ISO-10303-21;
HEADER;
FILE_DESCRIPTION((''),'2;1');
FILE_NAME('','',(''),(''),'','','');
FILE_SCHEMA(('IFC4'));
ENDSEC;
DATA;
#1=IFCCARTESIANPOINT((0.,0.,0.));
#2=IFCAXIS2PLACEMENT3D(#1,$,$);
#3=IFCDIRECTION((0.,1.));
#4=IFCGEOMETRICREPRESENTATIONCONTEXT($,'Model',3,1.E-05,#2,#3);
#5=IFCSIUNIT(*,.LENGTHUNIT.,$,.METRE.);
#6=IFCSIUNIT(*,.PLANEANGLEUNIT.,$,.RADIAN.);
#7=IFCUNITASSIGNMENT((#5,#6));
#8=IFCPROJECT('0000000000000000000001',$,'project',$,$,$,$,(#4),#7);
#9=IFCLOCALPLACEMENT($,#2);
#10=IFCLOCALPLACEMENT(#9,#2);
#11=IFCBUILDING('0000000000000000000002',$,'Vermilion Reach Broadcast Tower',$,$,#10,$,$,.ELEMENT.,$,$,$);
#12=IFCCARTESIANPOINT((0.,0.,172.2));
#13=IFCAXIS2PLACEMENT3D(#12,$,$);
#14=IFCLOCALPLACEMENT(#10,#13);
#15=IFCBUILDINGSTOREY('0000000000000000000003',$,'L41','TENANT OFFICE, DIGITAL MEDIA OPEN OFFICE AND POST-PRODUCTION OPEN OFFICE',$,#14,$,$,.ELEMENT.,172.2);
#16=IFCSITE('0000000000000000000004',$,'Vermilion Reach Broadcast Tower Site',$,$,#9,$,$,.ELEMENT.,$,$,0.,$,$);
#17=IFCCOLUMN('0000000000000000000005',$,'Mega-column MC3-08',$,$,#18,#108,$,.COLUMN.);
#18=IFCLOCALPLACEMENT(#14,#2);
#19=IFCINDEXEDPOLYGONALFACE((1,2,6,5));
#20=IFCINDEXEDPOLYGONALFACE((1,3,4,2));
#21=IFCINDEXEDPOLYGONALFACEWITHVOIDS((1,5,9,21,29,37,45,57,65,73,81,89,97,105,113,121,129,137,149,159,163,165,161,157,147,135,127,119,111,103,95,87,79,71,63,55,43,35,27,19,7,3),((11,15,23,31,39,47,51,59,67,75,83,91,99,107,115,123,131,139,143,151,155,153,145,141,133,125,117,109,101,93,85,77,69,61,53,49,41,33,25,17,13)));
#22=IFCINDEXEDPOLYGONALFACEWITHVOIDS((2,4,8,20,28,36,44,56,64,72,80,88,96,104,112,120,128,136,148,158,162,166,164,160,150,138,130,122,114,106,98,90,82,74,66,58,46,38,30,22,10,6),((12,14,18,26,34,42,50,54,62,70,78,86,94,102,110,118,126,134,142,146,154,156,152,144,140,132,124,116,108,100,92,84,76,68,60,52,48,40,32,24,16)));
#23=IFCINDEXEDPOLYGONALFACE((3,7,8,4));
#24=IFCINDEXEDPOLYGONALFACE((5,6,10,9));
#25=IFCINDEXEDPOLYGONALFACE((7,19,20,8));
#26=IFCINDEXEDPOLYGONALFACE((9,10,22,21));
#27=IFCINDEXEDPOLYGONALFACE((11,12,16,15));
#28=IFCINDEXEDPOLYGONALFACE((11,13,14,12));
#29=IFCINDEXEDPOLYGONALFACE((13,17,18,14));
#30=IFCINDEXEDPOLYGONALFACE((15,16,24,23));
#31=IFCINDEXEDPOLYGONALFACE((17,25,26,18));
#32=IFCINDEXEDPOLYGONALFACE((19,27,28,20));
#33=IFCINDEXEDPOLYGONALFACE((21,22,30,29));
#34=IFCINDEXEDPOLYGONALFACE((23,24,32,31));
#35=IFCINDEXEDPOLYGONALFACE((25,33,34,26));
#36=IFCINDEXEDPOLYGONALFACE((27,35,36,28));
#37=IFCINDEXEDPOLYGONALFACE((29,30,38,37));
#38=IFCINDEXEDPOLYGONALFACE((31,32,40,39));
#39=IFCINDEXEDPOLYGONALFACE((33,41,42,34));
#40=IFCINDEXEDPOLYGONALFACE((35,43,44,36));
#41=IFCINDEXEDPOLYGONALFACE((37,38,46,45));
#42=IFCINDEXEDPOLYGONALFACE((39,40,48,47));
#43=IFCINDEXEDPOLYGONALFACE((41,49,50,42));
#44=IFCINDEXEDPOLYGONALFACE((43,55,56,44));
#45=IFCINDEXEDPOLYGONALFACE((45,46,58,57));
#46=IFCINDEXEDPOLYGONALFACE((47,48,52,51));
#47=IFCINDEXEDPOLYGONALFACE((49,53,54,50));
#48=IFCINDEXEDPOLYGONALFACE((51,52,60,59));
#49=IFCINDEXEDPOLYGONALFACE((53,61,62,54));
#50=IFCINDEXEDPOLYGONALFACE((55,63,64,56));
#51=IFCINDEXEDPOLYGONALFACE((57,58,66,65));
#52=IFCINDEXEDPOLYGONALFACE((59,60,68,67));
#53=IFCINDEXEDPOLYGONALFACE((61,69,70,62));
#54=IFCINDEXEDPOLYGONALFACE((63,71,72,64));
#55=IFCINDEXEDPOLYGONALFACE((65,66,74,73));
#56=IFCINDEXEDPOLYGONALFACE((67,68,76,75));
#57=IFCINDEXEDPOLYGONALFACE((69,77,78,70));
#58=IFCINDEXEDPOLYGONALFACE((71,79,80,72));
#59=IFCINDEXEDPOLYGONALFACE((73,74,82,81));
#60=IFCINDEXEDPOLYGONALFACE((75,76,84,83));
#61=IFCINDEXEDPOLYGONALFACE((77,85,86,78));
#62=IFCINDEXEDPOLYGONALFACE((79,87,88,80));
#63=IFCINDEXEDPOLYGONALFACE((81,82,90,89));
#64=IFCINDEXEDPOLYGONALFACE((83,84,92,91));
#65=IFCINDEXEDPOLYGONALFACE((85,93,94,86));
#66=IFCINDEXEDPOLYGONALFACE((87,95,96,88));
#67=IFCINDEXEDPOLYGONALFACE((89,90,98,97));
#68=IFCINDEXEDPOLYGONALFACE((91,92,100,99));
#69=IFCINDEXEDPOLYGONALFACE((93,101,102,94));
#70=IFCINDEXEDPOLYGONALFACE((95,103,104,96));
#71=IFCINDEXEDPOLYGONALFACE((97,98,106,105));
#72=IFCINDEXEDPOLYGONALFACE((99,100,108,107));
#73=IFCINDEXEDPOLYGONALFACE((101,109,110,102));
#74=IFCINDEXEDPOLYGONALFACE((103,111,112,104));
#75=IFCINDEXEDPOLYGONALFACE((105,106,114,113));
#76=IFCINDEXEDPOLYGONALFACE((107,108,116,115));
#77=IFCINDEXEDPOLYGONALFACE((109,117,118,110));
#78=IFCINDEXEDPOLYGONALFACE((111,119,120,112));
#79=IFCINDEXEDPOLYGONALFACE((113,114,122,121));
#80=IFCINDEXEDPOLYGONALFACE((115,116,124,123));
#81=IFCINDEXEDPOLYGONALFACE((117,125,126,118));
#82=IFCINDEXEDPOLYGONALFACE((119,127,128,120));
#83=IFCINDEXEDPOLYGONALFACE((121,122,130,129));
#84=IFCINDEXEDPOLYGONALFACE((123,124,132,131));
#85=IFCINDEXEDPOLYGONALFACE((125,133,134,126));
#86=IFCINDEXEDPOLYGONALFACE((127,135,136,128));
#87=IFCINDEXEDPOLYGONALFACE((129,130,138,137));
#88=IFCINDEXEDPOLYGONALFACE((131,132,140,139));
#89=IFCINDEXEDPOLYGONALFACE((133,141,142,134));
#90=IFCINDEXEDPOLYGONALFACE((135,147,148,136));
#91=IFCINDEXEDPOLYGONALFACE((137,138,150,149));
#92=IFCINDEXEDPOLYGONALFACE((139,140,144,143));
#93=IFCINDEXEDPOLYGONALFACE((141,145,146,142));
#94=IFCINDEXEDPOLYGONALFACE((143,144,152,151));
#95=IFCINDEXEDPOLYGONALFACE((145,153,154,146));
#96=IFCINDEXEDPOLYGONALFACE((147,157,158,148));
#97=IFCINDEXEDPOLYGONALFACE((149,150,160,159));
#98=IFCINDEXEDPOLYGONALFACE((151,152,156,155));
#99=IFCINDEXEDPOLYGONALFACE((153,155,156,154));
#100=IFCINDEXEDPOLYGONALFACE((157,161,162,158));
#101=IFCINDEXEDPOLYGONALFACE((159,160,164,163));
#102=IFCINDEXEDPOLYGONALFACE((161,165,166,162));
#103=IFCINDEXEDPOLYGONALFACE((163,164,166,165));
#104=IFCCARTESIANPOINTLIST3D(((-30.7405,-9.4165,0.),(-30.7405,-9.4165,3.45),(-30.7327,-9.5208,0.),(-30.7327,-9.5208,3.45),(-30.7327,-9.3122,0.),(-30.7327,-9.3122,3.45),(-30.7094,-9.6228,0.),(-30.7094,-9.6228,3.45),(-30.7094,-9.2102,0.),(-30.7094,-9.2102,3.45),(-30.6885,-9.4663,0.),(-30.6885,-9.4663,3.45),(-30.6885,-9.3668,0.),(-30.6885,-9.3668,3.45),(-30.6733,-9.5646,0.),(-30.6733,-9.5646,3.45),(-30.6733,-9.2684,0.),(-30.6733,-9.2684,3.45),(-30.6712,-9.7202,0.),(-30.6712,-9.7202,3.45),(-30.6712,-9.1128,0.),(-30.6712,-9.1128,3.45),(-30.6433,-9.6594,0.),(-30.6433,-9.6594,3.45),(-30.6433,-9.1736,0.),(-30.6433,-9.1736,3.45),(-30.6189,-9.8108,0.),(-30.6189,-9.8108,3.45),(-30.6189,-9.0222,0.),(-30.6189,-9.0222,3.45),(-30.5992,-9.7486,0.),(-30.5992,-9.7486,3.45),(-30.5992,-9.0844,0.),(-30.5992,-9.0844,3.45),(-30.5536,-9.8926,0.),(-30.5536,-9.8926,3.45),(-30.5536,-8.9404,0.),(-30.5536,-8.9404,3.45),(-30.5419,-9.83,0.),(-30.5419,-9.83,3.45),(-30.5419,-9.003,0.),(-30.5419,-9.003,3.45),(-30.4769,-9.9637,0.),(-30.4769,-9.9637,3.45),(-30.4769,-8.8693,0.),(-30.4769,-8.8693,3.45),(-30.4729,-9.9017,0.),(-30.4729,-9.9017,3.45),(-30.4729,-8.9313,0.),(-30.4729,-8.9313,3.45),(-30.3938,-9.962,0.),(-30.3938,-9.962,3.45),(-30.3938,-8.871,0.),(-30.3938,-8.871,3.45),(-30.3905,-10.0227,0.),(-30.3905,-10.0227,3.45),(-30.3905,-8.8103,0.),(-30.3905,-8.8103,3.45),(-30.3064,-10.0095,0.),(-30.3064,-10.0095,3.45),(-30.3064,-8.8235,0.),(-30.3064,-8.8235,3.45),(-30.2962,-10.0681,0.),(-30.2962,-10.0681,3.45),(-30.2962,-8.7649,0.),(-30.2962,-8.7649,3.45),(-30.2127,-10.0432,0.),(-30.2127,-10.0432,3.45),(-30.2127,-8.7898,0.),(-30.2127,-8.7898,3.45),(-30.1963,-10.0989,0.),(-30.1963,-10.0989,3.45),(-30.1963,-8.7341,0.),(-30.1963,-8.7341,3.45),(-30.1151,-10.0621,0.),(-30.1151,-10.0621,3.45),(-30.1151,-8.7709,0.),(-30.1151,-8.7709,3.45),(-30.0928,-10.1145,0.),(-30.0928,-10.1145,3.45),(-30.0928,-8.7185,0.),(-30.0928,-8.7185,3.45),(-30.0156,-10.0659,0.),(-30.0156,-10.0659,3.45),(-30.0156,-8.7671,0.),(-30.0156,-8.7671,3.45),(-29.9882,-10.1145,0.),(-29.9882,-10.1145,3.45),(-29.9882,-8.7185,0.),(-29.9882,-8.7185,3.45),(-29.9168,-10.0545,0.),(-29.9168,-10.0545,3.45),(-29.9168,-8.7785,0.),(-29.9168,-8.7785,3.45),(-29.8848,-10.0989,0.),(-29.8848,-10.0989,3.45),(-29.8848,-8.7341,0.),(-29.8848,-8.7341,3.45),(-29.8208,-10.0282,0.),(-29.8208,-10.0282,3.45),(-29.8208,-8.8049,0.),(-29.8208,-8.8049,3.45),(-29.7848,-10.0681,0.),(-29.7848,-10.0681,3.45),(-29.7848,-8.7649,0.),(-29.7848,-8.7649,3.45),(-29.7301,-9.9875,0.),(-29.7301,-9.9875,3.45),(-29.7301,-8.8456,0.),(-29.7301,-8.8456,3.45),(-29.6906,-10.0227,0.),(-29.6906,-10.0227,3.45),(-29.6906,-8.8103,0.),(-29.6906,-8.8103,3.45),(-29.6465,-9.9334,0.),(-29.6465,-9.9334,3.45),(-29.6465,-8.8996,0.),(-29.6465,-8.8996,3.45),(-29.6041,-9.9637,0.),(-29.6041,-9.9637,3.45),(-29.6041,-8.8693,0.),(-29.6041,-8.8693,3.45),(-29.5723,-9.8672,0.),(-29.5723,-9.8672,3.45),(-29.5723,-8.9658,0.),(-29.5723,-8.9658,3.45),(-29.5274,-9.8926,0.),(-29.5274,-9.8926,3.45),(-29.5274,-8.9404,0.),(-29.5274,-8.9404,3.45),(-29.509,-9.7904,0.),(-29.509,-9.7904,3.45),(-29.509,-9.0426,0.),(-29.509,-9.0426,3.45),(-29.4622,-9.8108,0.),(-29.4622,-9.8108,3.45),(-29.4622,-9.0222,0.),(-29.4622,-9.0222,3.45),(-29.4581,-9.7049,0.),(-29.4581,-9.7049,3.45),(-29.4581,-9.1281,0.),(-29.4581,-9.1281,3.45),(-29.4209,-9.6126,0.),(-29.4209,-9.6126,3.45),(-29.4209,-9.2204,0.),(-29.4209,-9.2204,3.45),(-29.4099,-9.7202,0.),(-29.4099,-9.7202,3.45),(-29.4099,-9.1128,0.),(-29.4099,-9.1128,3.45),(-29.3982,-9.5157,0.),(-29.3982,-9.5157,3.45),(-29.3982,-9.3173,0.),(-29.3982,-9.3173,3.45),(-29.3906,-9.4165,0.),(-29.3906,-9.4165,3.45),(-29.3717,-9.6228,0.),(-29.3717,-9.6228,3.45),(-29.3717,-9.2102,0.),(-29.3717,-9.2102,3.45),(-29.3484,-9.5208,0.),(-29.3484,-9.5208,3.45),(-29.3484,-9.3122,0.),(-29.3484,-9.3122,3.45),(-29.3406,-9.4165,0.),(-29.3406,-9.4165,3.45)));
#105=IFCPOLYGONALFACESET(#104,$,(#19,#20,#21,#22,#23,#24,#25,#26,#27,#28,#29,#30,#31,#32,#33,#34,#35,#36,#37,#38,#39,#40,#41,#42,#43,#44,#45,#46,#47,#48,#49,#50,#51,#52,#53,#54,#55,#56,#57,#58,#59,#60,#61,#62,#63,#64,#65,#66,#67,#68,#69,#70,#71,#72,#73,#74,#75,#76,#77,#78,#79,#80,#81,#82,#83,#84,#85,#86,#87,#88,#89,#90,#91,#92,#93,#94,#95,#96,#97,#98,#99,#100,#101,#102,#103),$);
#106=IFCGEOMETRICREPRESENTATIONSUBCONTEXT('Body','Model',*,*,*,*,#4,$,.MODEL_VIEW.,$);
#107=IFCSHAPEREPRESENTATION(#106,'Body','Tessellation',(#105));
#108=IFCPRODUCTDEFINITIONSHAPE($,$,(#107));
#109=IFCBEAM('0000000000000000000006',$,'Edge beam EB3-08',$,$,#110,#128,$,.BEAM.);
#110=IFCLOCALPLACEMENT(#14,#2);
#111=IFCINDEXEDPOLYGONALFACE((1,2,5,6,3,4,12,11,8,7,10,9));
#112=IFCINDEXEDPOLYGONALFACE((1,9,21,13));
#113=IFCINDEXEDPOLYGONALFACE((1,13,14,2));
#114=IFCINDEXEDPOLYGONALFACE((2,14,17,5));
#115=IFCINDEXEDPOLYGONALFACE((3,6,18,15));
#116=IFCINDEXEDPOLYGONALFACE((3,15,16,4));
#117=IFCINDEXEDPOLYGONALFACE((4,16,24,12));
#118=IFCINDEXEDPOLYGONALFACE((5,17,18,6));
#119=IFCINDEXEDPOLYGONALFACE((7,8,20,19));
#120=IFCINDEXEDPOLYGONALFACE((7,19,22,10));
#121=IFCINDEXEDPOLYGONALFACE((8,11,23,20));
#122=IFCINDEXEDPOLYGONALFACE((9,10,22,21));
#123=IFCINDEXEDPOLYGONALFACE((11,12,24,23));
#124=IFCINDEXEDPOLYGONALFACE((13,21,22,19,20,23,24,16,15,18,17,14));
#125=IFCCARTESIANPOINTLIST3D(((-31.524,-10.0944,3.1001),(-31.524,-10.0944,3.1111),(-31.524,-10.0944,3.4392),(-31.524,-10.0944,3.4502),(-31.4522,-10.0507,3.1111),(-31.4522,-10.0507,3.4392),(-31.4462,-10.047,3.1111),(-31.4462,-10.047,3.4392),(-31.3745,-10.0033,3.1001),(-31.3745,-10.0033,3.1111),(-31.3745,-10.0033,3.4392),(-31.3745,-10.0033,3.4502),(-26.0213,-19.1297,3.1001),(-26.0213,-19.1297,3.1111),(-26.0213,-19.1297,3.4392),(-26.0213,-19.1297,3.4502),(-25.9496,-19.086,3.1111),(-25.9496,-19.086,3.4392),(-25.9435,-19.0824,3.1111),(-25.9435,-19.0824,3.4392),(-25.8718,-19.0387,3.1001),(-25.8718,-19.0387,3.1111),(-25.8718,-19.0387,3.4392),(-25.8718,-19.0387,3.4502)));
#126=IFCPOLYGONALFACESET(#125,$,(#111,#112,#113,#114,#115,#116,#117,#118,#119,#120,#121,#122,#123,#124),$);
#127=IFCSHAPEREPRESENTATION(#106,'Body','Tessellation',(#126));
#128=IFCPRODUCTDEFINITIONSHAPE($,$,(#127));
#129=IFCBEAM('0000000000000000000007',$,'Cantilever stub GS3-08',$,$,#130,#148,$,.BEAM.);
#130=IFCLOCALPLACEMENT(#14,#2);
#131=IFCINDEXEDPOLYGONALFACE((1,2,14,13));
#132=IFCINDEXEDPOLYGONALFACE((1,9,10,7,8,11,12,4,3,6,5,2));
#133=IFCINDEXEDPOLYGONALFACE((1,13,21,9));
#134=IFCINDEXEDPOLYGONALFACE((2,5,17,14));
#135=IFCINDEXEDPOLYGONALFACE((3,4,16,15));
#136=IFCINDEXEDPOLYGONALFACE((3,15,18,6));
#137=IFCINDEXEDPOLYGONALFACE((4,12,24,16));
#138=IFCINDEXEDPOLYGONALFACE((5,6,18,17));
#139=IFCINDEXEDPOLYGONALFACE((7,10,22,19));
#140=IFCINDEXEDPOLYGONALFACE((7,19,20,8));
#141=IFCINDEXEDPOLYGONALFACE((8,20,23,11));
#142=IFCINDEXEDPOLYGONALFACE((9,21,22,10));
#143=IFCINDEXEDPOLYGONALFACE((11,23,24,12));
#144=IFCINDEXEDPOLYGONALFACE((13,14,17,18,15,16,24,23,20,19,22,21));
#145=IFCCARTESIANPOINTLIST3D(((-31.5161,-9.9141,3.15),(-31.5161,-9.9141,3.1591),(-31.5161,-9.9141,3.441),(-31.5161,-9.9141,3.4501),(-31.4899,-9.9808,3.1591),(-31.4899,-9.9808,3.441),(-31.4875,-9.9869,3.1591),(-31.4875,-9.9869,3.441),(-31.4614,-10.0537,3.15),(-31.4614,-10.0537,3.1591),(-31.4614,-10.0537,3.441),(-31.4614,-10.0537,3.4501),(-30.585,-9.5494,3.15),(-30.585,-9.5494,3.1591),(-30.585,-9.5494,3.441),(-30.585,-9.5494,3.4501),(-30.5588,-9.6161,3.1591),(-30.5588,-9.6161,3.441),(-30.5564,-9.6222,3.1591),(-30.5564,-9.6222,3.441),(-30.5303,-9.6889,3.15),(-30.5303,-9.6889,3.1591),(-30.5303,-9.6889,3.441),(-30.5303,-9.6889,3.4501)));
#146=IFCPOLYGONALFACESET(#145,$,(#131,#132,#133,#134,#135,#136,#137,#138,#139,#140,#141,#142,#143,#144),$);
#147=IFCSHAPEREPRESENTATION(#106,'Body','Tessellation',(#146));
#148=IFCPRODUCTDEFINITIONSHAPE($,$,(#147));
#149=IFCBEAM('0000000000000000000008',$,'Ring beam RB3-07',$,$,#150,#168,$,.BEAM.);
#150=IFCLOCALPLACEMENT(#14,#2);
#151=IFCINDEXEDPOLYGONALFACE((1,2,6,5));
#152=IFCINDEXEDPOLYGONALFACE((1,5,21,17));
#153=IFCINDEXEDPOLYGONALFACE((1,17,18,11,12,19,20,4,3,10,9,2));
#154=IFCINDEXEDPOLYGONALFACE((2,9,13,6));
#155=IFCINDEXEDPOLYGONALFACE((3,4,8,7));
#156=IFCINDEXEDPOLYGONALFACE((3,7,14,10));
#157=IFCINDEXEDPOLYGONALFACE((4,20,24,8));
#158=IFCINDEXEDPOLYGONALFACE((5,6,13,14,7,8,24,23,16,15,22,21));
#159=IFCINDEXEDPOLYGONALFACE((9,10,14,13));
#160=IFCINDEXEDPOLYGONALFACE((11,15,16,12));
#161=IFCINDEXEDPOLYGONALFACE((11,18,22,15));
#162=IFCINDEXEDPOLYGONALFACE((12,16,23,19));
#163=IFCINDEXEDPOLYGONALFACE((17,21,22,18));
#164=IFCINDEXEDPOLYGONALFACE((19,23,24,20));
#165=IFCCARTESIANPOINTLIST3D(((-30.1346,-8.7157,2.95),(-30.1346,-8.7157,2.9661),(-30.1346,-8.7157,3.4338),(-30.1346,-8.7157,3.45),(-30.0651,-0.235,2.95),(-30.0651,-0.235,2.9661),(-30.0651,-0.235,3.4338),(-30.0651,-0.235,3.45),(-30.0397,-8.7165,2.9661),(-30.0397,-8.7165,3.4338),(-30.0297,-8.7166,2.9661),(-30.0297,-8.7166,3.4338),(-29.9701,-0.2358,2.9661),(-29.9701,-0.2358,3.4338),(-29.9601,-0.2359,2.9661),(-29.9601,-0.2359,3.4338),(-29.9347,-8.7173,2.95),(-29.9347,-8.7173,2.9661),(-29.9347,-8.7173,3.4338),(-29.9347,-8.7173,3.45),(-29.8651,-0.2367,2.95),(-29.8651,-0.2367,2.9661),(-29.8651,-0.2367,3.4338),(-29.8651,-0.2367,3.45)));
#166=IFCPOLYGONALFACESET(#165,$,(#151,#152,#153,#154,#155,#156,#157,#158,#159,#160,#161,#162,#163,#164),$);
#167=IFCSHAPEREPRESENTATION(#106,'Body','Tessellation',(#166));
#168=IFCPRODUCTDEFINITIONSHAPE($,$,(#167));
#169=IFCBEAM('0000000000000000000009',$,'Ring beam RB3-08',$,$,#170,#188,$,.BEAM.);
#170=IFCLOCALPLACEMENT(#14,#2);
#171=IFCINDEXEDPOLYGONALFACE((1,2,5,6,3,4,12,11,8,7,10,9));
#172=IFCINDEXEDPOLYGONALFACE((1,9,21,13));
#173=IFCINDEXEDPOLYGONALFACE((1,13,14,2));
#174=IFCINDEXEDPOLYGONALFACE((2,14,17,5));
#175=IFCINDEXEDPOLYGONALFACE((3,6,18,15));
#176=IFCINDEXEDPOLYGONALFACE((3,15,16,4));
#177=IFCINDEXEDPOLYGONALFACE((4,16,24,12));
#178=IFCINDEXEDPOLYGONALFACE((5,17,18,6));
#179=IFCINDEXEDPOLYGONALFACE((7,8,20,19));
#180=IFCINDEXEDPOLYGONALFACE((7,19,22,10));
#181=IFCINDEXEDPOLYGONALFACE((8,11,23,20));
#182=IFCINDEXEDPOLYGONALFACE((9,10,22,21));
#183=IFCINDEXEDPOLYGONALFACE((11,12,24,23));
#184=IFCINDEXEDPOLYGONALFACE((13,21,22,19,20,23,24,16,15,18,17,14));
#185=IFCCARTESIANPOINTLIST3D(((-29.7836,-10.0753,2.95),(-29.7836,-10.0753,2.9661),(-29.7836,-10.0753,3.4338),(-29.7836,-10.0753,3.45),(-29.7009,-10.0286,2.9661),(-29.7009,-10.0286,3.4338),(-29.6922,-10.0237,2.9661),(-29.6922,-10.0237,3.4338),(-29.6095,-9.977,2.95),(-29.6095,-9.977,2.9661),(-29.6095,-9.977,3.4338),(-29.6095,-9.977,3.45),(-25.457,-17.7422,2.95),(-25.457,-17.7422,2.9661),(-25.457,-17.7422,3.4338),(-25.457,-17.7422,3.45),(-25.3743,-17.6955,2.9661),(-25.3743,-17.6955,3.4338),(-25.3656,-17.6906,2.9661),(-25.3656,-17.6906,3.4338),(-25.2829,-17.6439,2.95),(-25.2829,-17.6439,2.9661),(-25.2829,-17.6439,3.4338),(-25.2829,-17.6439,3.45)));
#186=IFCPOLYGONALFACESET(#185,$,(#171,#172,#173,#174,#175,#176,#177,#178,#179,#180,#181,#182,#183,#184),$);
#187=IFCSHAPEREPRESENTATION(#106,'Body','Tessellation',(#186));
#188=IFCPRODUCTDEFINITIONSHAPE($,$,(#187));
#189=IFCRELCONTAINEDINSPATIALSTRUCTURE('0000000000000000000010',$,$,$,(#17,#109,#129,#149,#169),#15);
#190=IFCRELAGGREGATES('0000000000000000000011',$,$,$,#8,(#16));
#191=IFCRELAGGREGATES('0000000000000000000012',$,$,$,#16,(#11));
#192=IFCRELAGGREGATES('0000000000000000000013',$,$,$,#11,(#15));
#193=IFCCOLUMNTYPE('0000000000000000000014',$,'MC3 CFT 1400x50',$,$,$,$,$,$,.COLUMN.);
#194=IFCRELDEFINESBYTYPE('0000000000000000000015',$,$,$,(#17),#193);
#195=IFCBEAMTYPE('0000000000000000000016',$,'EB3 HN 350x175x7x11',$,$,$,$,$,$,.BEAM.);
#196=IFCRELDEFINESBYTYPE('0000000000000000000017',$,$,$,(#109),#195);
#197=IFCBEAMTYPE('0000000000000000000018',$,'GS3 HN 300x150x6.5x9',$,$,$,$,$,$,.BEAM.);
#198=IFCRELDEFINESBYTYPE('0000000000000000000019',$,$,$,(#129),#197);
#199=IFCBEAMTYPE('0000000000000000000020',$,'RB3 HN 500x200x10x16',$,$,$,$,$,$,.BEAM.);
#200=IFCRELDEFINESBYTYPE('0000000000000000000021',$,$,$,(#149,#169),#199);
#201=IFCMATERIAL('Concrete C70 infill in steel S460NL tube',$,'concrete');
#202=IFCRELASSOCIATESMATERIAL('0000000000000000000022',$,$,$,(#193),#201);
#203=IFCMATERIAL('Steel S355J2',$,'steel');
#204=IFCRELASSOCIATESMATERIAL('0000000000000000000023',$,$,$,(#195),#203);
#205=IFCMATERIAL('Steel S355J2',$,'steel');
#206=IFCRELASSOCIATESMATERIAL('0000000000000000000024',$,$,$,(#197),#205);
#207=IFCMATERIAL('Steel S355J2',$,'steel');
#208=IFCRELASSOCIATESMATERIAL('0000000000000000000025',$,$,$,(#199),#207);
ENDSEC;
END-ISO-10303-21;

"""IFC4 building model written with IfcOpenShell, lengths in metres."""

from ifc_helpers import new_model, si_unit, direction, frame, origin, origin_2d, place, context, subcontext, project, spatial, hollow_circle, i_section, extrude, material, material_profile, profile_set, type_object, element, save


model = new_model("IFC4")

# Units and contexts
model_context = context("Model", 3, precision=1e-05, world=origin(), true_north=direction((0.0, 1.0)))
body_context = subcontext(model_context, "Body", "Model", "MODEL_VIEW")
ifc_project = project(units=[si_unit("LENGTHUNIT", "METRE"), si_unit("PLANEANGLEUNIT", "RADIAN")], contexts=[model_context])

# Site, building, storey
site_placement = place(None, origin())
site = spatial("IfcSite", under=ifc_project, at=site_placement, Name="Vermilion Reach Broadcast Tower Site", CompositionType="ELEMENT", RefElevation=0.0)
building_placement = place(site_placement, origin())
building = spatial("IfcBuilding", under=site, at=building_placement, Name="Vermilion Reach Broadcast Tower", CompositionType="ELEMENT")
storey_placement = place(building_placement, frame((0.0, 0.0, 172.2)))
storey = spatial("IfcBuildingStorey", under=building, at=storey_placement, Name="L41", Description="TENANT OFFICE, DIGITAL MEDIA OPEN OFFICE AND POST-PRODUCTION OPEN OFFICE", CompositionType="ELEMENT", Elevation=172.2)

# Column
ifc_material_1 = material(Name="Concrete C70 infill in steel S460NL tube", Category="concrete")
ifc_material_profile_1 = material_profile(ifc_material_1, hollow_circle(Radius=0.7, WallThickness=0.05, at=origin_2d()), Name="Concrete C70 infill in steel S460NL tube CFT 1400x50")
ifc_profile_set_1 = profile_set([ifc_material_profile_1], Name="Concrete C70 infill in steel S460NL tube")
column_type = type_object("IfcColumnType", Name="MC3 CFT 1400x50", PredefinedType="COLUMN", material=ifc_profile_set_1)
column_placement = place(storey_placement, frame((-30.0405, -9.4165, 0.0), z_axis=(0.0, 0.0, 1.0), x_axis=(1.0, 0.0, 0.0)))
element("IfcColumn", 1, at=column_placement, inside=storey, type_object=column_type, Name="Mega-column MC3-08", PredefinedType="COLUMN", context=body_context, shape_type="SweptSolid", body=[
    extrude(hollow_circle(Radius=0.7, WallThickness=0.05, at=origin_2d()), origin(), (0.0, 0.0, 1.0), 3.45),
])

# Beams
ifc_material_2 = material(Name="Steel S355J2", Category="steel")
ifc_material_profile_2 = material_profile(ifc_material_2, i_section(OverallWidth=0.175, OverallDepth=0.3501, WebThickness=0.0071, FlangeThickness=0.011, at=origin_2d()), Name="S355J2 HN 350x175x7x11")
ifc_profile_set_2 = profile_set([ifc_material_profile_2], Name="Steel S355J2")
beam_type_1 = type_object("IfcBeamType", Name="EB3 HN 350x175x7x11", PredefinedType="BEAM", material=ifc_profile_set_2)
beam_1_placement = place(storey_placement, frame((-31.4492, -10.0488, 3.2751), z_axis=(0.520145, -0.854078, 0.0), x_axis=(0.854078, 0.520145, 0.0)))
element("IfcBeam", 2, at=beam_1_placement, inside=storey, type_object=beam_type_1, Name="Edge beam EB3-08", PredefinedType="BEAM", context=body_context, shape_type="SweptSolid", body=[
    extrude(i_section(OverallWidth=0.175, OverallDepth=0.3501, WebThickness=0.0071, FlangeThickness=0.011, at=origin_2d()), origin(), (0.0, 0.0, 1.0), 10.5791),
])
ifc_material_3 = material(Name="Steel S355J2", Category="steel")
ifc_material_profile_3 = material_profile(ifc_material_3, i_section(OverallWidth=0.1499, OverallDepth=0.3, WebThickness=0.0066, FlangeThickness=0.009, at=origin_2d()), Name="S355J2 HN 300x150x6.5x9")
ifc_profile_set_3 = profile_set([ifc_material_profile_3], Name="Steel S355J2")
beam_type_2 = type_object("IfcBeamType", Name="GS3 HN 300x150x6.5x9", PredefinedType="BEAM", material=ifc_profile_set_3)
beam_2_placement = place(storey_placement, frame((-30.5576, -9.6191, 3.3), z_axis=(-0.931113, -0.364731, 0.0), x_axis=(0.364731, -0.931113, 0.0)))
element("IfcBeam", 3, at=beam_2_placement, inside=storey, type_object=beam_type_2, Name="Cantilever stub GS3-08", PredefinedType="BEAM", context=body_context, shape_type="SweptSolid", body=[
    extrude(i_section(OverallWidth=0.1499, OverallDepth=0.3, WebThickness=0.0066, FlangeThickness=0.009, at=origin_2d()), origin(), (0.0, 0.0, 1.0), 1.0),
])
ifc_material_4 = material(Name="Steel S355J2", Category="steel")
ifc_material_profile_4 = material_profile(ifc_material_4, i_section(OverallWidth=0.2, OverallDepth=0.5, WebThickness=0.01, FlangeThickness=0.0161, at=origin_2d()), Name="S355J2 HN 500x200x10x16")
ifc_profile_set_4 = profile_set([ifc_material_profile_4], Name="Steel S355J2")
beam_type_3 = type_object("IfcBeamType", Name="RB3 HN 500x200x10x16", PredefinedType="BEAM", material=ifc_profile_set_4)
beam_3_placement = place(storey_placement, frame((-29.9651, -0.2358, 3.2), z_axis=(-0.008204, -0.999966, 0.0), x_axis=(0.999966, -0.008204, 0.0)))
element("IfcBeam", 4, at=beam_3_placement, inside=storey, type_object=beam_type_3, Name="Ring beam RB3-07", PredefinedType="BEAM", context=body_context, shape_type="SweptSolid", body=[
    extrude(i_section(OverallWidth=0.2, OverallDepth=0.5, WebThickness=0.01, FlangeThickness=0.0161, at=origin_2d()), origin(), (0.0, 0.0, 1.0), 8.481),
])
beam_4_placement = place(storey_placement, frame((-29.6965, -10.0261, 3.2), z_axis=(0.491467, -0.870896, 0.0), x_axis=(0.870896, 0.491467, 0.0)))
element("IfcBeam", 5, at=beam_4_placement, inside=storey, type_object=beam_type_3, Name="Ring beam RB3-08", PredefinedType="BEAM", context=body_context, shape_type="SweptSolid", body=[
    extrude(i_section(OverallWidth=0.2, OverallDepth=0.5, WebThickness=0.01, FlangeThickness=0.0161, at=origin_2d()), origin(), (0.0, 0.0, 1.0), 8.8035),
])

save(model, "model.ifc")
